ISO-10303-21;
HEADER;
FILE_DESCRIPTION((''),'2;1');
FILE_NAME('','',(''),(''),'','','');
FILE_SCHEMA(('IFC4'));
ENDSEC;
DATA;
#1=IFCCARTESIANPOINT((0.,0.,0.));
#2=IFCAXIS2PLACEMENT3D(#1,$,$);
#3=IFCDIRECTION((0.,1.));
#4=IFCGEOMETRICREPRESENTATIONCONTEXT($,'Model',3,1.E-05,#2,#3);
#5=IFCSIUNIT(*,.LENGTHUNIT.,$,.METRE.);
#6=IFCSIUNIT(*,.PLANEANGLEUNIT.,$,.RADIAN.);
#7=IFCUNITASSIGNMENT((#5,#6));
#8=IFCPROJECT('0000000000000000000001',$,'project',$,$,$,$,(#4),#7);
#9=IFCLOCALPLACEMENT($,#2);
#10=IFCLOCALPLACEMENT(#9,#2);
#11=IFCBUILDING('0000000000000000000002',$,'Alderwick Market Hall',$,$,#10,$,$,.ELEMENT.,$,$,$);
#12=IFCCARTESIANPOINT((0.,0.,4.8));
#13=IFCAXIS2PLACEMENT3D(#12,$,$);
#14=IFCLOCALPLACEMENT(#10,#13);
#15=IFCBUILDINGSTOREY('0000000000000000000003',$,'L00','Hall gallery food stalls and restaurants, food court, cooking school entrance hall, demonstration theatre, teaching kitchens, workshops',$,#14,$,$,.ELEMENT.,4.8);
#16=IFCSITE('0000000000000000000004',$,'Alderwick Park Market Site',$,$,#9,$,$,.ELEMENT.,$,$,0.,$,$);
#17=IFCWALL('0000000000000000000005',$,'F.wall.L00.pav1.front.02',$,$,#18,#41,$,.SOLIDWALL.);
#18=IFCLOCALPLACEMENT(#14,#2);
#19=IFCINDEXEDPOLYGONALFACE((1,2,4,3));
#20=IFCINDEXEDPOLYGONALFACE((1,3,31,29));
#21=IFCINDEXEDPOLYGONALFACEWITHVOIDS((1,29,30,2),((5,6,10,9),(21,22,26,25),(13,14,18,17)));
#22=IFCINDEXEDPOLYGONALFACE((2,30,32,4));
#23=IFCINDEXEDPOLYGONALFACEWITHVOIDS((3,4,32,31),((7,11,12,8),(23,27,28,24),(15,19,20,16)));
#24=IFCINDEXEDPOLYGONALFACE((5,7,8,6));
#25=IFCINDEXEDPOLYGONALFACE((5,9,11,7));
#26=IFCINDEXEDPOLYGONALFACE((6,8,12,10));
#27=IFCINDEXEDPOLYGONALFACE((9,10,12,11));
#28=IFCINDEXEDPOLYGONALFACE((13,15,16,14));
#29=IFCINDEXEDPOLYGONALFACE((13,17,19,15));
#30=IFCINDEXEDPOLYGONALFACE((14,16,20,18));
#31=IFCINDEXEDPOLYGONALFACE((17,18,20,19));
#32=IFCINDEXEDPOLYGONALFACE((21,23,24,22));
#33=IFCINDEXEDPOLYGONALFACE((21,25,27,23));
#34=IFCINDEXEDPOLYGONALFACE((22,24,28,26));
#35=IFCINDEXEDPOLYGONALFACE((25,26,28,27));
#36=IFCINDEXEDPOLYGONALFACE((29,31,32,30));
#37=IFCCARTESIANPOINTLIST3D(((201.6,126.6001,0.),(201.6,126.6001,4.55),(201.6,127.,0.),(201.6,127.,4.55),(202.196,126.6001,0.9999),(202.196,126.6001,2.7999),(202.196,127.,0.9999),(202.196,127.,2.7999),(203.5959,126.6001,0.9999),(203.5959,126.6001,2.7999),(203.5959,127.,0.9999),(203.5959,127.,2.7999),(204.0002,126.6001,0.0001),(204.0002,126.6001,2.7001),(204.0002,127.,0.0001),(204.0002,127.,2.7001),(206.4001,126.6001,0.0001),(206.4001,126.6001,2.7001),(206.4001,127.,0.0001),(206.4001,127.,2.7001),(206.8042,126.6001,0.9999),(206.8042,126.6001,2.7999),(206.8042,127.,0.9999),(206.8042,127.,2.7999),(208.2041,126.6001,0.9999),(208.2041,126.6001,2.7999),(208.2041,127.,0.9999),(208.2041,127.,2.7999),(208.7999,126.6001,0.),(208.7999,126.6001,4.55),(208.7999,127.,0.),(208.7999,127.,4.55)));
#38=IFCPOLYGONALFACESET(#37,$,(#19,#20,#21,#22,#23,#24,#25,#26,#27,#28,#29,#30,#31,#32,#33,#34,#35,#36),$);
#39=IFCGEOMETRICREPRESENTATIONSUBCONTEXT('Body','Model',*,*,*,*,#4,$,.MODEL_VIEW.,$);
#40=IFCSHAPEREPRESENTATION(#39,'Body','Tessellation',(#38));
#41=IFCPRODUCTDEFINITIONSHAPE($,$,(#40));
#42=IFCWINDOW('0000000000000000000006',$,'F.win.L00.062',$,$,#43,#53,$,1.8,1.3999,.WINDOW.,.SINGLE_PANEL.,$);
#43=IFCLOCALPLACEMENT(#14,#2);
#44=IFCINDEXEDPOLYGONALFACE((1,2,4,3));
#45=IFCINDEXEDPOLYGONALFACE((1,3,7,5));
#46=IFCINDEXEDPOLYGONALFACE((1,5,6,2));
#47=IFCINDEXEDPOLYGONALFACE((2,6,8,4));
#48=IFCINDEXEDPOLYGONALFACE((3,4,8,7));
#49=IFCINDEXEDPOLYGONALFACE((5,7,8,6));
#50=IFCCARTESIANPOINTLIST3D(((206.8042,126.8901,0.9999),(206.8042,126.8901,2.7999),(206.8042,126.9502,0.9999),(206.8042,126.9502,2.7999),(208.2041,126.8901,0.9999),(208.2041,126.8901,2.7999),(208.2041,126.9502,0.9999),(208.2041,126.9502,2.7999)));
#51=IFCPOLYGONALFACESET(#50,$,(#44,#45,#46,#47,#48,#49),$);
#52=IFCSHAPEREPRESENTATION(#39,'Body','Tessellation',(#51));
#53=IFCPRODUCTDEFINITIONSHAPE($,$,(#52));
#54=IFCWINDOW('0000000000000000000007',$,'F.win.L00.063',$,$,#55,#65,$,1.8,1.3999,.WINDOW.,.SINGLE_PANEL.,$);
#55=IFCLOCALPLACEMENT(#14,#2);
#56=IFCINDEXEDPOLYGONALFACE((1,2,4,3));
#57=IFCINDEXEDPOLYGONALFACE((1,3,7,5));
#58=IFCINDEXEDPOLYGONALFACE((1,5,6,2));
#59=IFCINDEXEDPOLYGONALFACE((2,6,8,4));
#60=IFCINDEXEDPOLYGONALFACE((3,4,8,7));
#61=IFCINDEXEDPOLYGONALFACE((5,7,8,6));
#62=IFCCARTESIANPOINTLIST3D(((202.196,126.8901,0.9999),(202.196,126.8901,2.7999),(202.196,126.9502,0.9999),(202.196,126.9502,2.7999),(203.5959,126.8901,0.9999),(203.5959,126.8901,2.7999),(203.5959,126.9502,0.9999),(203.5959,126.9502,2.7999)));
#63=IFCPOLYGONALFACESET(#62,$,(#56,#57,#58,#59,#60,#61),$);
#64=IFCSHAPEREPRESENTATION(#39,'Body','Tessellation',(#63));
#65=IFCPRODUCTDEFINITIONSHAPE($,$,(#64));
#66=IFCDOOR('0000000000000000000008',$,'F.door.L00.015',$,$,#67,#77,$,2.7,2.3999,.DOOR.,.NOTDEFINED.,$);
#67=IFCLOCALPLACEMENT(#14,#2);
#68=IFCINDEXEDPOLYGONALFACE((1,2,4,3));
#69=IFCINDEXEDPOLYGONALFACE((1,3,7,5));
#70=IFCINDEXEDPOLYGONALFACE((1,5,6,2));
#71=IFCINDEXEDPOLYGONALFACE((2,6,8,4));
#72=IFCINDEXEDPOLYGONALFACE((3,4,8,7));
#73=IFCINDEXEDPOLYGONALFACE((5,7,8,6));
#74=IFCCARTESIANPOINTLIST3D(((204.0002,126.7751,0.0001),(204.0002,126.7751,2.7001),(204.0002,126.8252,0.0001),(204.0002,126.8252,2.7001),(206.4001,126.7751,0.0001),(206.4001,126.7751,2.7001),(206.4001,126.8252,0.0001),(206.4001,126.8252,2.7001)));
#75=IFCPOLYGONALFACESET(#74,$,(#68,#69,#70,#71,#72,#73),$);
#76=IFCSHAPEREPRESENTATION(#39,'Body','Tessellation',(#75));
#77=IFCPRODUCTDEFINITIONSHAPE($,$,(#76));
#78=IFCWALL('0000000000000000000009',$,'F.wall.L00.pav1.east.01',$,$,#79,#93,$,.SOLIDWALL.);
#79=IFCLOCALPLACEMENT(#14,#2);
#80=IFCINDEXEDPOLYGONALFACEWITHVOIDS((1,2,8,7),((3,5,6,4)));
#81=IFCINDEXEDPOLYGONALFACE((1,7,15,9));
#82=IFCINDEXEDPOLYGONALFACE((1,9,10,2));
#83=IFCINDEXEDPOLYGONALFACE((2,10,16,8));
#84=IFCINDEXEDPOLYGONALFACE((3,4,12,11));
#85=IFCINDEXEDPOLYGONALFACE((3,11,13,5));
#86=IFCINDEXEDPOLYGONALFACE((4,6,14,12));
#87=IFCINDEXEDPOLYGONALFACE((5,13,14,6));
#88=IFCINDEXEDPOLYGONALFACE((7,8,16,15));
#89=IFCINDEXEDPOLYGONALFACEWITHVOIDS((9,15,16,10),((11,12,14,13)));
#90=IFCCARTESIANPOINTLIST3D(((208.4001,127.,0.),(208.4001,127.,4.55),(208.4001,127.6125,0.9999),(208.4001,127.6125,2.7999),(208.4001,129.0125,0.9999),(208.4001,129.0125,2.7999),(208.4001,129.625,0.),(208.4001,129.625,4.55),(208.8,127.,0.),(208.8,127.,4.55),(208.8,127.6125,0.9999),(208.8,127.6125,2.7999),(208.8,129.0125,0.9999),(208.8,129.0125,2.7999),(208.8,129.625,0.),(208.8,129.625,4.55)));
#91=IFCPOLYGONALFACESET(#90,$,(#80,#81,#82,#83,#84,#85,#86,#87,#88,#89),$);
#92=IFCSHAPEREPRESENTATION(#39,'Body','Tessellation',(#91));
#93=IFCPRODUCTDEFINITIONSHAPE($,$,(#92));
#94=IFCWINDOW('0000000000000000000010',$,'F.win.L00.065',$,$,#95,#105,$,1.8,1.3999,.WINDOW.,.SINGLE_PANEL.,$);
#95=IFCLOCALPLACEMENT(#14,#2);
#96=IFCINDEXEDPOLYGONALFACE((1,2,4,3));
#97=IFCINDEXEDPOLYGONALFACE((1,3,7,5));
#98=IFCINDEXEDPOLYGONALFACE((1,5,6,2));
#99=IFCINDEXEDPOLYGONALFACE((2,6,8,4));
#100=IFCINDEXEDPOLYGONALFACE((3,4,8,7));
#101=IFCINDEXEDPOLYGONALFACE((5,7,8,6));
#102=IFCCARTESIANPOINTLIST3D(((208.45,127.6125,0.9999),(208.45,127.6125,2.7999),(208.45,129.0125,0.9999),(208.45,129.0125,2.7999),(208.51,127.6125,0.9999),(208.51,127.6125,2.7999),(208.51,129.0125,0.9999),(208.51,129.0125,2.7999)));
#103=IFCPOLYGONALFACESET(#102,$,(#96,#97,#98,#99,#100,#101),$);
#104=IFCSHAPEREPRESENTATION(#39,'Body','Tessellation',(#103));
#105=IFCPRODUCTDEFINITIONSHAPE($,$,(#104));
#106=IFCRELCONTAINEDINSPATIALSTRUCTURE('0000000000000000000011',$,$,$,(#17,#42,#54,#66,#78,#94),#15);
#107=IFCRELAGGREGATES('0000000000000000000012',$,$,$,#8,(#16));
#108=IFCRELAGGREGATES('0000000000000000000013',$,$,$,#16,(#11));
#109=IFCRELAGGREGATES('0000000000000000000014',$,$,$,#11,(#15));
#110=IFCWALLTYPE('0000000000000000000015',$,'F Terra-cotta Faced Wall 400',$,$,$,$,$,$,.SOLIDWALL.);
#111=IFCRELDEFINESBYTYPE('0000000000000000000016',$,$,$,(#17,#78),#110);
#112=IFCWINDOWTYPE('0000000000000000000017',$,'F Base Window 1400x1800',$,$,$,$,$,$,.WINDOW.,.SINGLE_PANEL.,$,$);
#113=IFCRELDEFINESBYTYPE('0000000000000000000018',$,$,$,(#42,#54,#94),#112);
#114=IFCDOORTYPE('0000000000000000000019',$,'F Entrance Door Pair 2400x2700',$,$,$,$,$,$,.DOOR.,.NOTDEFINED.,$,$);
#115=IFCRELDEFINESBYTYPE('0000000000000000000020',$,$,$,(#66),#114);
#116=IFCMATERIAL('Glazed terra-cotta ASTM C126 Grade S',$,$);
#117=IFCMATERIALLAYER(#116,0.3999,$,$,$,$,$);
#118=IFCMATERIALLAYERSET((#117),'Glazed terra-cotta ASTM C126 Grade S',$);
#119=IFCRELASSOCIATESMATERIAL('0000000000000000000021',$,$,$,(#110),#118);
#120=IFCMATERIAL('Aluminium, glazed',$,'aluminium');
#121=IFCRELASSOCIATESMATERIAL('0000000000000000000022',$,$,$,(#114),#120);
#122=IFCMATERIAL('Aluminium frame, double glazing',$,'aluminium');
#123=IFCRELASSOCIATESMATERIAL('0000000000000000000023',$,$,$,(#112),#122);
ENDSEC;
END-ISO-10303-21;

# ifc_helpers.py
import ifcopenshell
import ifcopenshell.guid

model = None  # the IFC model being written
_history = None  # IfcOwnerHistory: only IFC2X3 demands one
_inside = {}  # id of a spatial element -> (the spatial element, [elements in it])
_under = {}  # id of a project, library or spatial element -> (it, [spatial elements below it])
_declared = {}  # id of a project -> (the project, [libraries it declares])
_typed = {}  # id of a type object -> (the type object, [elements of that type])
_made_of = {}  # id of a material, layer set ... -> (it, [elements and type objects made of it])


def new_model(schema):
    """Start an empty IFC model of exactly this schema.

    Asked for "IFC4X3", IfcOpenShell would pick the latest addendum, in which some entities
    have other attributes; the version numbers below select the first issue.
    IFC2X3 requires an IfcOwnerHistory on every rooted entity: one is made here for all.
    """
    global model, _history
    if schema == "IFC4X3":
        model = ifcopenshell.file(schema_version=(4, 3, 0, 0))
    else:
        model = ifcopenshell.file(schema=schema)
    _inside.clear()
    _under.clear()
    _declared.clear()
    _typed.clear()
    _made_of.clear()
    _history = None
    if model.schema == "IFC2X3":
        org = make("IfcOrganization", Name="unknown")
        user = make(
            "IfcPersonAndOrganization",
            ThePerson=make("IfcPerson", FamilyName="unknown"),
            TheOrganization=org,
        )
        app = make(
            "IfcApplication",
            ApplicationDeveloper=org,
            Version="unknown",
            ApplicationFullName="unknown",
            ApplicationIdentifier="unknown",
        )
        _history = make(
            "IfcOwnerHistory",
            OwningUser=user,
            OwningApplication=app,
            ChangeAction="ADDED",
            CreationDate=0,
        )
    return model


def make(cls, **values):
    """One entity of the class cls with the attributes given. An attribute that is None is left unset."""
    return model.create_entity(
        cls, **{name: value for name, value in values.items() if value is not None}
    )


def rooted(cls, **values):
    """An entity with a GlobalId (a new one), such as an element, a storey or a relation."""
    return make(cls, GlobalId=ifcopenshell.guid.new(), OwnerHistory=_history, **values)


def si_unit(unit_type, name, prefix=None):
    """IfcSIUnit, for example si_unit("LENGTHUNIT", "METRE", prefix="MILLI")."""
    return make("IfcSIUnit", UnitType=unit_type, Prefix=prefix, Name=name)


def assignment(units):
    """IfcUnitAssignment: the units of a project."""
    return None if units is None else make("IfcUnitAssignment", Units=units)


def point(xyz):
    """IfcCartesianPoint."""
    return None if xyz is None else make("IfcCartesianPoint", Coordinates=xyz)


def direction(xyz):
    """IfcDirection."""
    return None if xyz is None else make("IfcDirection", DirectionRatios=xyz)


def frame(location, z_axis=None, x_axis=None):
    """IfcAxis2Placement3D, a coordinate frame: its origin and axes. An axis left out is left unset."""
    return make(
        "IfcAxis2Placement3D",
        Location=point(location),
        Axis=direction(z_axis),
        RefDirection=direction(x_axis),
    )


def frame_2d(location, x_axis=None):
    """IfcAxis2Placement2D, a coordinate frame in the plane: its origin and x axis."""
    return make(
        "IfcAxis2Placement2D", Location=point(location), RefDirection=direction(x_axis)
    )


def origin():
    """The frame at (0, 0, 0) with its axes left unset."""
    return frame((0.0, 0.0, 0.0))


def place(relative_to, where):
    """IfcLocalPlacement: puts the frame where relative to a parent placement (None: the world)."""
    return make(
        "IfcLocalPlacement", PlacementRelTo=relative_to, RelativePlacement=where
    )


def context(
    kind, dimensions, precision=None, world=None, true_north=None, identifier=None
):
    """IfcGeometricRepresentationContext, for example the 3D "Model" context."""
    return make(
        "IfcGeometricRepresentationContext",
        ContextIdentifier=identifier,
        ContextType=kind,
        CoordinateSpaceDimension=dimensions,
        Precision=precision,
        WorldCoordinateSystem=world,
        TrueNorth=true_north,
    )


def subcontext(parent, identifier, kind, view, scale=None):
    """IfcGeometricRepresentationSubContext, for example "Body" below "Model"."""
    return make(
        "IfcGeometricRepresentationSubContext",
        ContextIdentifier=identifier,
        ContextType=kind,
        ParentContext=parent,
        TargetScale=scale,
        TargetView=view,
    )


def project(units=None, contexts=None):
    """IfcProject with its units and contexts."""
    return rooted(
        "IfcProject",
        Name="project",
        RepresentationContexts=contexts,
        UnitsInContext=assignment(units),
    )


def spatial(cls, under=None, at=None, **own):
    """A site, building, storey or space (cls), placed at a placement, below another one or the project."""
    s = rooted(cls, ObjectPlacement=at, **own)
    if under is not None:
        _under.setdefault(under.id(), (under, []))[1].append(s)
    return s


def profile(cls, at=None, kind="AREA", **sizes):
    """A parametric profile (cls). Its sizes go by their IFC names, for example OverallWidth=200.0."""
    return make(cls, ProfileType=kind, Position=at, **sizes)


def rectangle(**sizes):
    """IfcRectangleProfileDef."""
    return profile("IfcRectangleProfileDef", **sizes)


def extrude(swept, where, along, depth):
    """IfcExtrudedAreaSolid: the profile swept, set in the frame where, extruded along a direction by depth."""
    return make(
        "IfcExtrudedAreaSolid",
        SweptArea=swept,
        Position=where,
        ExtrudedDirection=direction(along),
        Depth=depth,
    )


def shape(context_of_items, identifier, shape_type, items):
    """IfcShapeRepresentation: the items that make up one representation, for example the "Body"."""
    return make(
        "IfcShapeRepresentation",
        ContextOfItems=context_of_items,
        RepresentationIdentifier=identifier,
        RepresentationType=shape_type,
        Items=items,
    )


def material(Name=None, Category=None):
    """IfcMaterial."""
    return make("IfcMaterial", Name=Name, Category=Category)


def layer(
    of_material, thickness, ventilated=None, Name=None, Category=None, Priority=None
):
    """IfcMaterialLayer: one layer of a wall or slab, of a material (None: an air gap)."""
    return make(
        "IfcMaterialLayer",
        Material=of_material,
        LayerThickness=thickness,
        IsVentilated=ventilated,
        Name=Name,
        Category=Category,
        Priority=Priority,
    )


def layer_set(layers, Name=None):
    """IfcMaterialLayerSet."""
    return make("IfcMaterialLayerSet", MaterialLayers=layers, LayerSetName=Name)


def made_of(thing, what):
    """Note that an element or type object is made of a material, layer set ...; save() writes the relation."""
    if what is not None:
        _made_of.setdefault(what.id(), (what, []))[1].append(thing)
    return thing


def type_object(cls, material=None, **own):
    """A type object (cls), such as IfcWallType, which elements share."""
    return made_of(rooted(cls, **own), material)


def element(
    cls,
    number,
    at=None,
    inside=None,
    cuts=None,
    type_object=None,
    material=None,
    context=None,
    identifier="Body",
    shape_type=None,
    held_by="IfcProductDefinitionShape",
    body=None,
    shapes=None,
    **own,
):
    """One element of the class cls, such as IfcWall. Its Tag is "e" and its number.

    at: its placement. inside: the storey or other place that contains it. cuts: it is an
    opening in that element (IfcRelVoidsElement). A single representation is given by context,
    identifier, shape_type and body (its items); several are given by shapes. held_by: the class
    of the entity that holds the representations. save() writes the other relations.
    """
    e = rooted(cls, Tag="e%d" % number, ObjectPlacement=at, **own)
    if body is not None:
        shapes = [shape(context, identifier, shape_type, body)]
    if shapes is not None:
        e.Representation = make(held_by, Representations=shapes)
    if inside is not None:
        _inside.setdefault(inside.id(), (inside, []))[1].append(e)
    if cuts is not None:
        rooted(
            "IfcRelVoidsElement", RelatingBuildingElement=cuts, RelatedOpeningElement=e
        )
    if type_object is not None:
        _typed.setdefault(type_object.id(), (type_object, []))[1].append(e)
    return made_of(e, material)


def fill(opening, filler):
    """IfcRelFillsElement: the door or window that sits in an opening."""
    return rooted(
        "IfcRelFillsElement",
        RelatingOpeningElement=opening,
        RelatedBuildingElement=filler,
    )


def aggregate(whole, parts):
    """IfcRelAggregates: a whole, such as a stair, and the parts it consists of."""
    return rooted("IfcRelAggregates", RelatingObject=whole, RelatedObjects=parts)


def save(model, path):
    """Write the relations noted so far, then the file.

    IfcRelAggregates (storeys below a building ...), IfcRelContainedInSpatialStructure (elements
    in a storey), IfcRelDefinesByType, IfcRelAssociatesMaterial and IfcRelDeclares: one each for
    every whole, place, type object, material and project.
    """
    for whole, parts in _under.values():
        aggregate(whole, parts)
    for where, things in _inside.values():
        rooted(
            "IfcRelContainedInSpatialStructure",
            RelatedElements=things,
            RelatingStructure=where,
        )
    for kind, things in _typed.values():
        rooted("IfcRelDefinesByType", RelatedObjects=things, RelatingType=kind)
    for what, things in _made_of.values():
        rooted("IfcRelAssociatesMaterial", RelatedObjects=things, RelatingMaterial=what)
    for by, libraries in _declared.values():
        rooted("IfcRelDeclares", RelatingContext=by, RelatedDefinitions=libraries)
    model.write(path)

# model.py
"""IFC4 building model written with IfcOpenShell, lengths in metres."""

from ifc_helpers import new_model, si_unit, direction, frame, frame_2d, origin, place, context, subcontext, project, spatial, rectangle, extrude, material, layer, layer_set, type_object, element, fill, save


model = new_model("IFC4")

# Units and contexts
model_context = context("Model", 3, precision=1e-05, world=origin(), true_north=direction((0.0, 1.0)))
body_context = subcontext(model_context, "Body", "Model", "MODEL_VIEW")
ifc_project = project(units=[si_unit("LENGTHUNIT", "METRE"), si_unit("PLANEANGLEUNIT", "RADIAN")], contexts=[model_context])

# Site, building, storey
site_placement = place(None, origin())
site = spatial("IfcSite", under=ifc_project, at=site_placement, Name="Alderwick Park Market Site", CompositionType="ELEMENT", RefElevation=0.0)
building_placement = place(site_placement, origin())
building = spatial("IfcBuilding", under=site, at=building_placement, Name="Alderwick Market Hall", CompositionType="ELEMENT")
storey_placement = place(building_placement, frame((0.0, 0.0, 4.8)))
storey = spatial("IfcBuildingStorey", under=building, at=storey_placement, Name="L00", Description="Hall gallery food stalls and restaurants, food court, cooking school entrance hall, demonstration theatre, teaching kitchens, workshops", CompositionType="ELEMENT", Elevation=4.8)

# Shared definitions
ifc_material_1 = material(Name="Glazed terra-cotta ASTM C126 Grade S")
ifc_layer_1 = layer(ifc_material_1, 0.3999)
ifc_layer_set_1 = layer_set([ifc_layer_1], Name="Glazed terra-cotta ASTM C126 Grade S")
wall_type_1 = type_object("IfcWallType", Name="F Terra-cotta Faced Wall 400", PredefinedType="SOLIDWALL", material=ifc_layer_set_1)
ifc_material_2 = material(Name="Aluminium, glazed", Category="aluminium")
door_type_1 = type_object("IfcDoorType", Name="F Entrance Door Pair 2400x2700", OperationType="NOTDEFINED", PredefinedType="DOOR", material=ifc_material_2)

# Shared definitions
ifc_material_3 = material(Name="Aluminium frame, double glazing", Category="aluminium")
window_type = type_object("IfcWindowType", Name="F Base Window 1400x1800", PartitioningType="SINGLE_PANEL", PredefinedType="WINDOW", material=ifc_material_3)

# Wall, openings, windows, door
wall_1_placement = place(storey_placement, frame((208.8, 126.8, 0.0), z_axis=(0.0, 0.0, 1.0), x_axis=(-1.0, 0.0, 0.0)))
wall_1 = element("IfcWall", 1, at=wall_1_placement, inside=storey, type_object=wall_type_1, Name="F.wall.L00.pav1.front.02", PredefinedType="SOLIDWALL", context=body_context, shape_type="SweptSolid", body=[
    extrude(rectangle(XDim=7.2, YDim=0.3999, at=frame_2d((3.6001, 0.0))), origin(), (0.0, 0.0, 1.0), 4.55),
])
opening_1_placement = place(wall_1_placement, frame((2.3999, 0.0, 0.0)))
opening_1 = element("IfcOpeningElement", 2, at=opening_1_placement, cuts=wall_1, PredefinedType="OPENING", context=body_context, shape_type="SweptSolid", body=[
    extrude(rectangle(XDim=2.3999, YDim=2.7, at=frame_2d((1.2, 1.3501))), frame((0.0, 0.21, 0.0), z_axis=(0.0, -1.0, 0.0), x_axis=(1.0, 0.0, 0.0)), (0.0, 0.0, 1.0), 0.4199),
])
opening_2_placement = place(wall_1_placement, frame((0.5959, 0.0, 1.0)))
opening_2 = element("IfcOpeningElement", 3, at=opening_2_placement, cuts=wall_1, PredefinedType="OPENING", context=body_context, shape_type="SweptSolid", body=[
    extrude(rectangle(XDim=1.3999, YDim=1.8, at=frame_2d((0.7, 0.8999))), frame((0.0, 0.21, 0.0), z_axis=(0.0, -1.0, 0.0), x_axis=(1.0, 0.0, 0.0)), (0.0, 0.0, 1.0), 0.4199),
])
opening_3_placement = place(wall_1_placement, frame((5.2041, 0.0, 1.0)))
opening_3 = element("IfcOpeningElement", 4, at=opening_3_placement, cuts=wall_1, PredefinedType="OPENING", context=body_context, shape_type="SweptSolid", body=[
    extrude(rectangle(XDim=1.3999, YDim=1.8, at=frame_2d((0.7, 0.8999))), frame((0.0, 0.21, 0.0), z_axis=(0.0, -1.0, 0.0), x_axis=(1.0, 0.0, 0.0)), (0.0, 0.0, 1.0), 0.4199),
])
window_1_placement = place(opening_2_placement, origin())
window_1 = element("IfcWindow", 5, at=window_1_placement, inside=storey, type_object=window_type, Name="F.win.L00.062", OverallHeight=1.8, OverallWidth=1.3999, PartitioningType="SINGLE_PANEL", PredefinedType="WINDOW", context=body_context, shape_type="SweptSolid", body=[
    extrude(rectangle(XDim=1.3999, YDim=1.8, at=frame_2d((0.7, 0.8999))), frame((0.0, -0.0901, 0.0), z_axis=(0.0, -1.0, 0.0), x_axis=(1.0, 0.0, 0.0)), (0.0, 0.0, 1.0), 0.0601),
])
fill(opening_2, window_1)
window_2_placement = place(opening_3_placement, origin())
window_2 = element("IfcWindow", 6, at=window_2_placement, inside=storey, type_object=window_type, Name="F.win.L00.063", OverallHeight=1.8, OverallWidth=1.3999, PartitioningType="SINGLE_PANEL", PredefinedType="WINDOW", context=body_context, shape_type="SweptSolid", body=[
    extrude(rectangle(XDim=1.3999, YDim=1.8, at=frame_2d((0.7, 0.8999))), frame((0.0, -0.0901, 0.0), z_axis=(0.0, -1.0, 0.0), x_axis=(1.0, 0.0, 0.0)), (0.0, 0.0, 1.0), 0.0601),
])
fill(opening_3, window_2)
door_1_placement = place(opening_1_placement, origin())
door_1 = element("IfcDoor", 7, at=door_1_placement, inside=storey, type_object=door_type_1, Name="F.door.L00.015", OperationType="NOTDEFINED", OverallHeight=2.7, OverallWidth=2.3999, PredefinedType="DOOR", context=body_context, shape_type="SweptSolid", body=[
    extrude(rectangle(XDim=2.3999, YDim=2.7, at=frame_2d((1.2, 1.3501))), frame((0.0, 0.0249, 0.0), z_axis=(0.0, -1.0, 0.0), x_axis=(1.0, 0.0, 0.0)), (0.0, 0.0, 1.0), 0.05),
])
fill(opening_1, door_1)

# Wall, opening, window
wall_2_placement = place(storey_placement, frame((208.6001, 129.625, 0.0), z_axis=(0.0, 0.0, 1.0), x_axis=(0.0, -1.0, 0.0)))
wall_2 = element("IfcWall", 8, at=wall_2_placement, inside=storey, type_object=wall_type_1, Name="F.wall.L00.pav1.east.01", PredefinedType="SOLIDWALL", context=body_context, shape_type="SweptSolid", body=[
    extrude(rectangle(XDim=2.625, YDim=0.3999, at=frame_2d((1.3125, 0.0))), origin(), (0.0, 0.0, 1.0), 4.55),
])
opening_4_placement = place(wall_2_placement, frame((0.6125, 0.0, 1.0)))
opening_4 = element("IfcOpeningElement", 9, at=opening_4_placement, cuts=wall_2, PredefinedType="OPENING", context=body_context, shape_type="SweptSolid", body=[
    extrude(rectangle(XDim=1.3999, YDim=1.8, at=frame_2d((0.7, 0.8999))), frame((0.0, 0.21, 0.0), z_axis=(0.0, -1.0, 0.0), x_axis=(1.0, 0.0, 0.0)), (0.0, 0.0, 1.0), 0.4199),
])
window_3_placement = place(opening_4_placement, origin())
window_3 = element("IfcWindow", 10, at=window_3_placement, inside=storey, type_object=window_type, Name="F.win.L00.065", OverallHeight=1.8, OverallWidth=1.3999, PartitioningType="SINGLE_PANEL", PredefinedType="WINDOW", context=body_context, shape_type="SweptSolid", body=[
    extrude(rectangle(XDim=1.3999, YDim=1.8, at=frame_2d((0.7, 0.8999))), frame((0.0, -0.0901, 0.0), z_axis=(0.0, -1.0, 0.0), x_axis=(1.0, 0.0, 0.0)), (0.0, 0.0, 1.0), 0.0601),
])
fill(opening_4, window_3)

save(model, "model.ifc")
